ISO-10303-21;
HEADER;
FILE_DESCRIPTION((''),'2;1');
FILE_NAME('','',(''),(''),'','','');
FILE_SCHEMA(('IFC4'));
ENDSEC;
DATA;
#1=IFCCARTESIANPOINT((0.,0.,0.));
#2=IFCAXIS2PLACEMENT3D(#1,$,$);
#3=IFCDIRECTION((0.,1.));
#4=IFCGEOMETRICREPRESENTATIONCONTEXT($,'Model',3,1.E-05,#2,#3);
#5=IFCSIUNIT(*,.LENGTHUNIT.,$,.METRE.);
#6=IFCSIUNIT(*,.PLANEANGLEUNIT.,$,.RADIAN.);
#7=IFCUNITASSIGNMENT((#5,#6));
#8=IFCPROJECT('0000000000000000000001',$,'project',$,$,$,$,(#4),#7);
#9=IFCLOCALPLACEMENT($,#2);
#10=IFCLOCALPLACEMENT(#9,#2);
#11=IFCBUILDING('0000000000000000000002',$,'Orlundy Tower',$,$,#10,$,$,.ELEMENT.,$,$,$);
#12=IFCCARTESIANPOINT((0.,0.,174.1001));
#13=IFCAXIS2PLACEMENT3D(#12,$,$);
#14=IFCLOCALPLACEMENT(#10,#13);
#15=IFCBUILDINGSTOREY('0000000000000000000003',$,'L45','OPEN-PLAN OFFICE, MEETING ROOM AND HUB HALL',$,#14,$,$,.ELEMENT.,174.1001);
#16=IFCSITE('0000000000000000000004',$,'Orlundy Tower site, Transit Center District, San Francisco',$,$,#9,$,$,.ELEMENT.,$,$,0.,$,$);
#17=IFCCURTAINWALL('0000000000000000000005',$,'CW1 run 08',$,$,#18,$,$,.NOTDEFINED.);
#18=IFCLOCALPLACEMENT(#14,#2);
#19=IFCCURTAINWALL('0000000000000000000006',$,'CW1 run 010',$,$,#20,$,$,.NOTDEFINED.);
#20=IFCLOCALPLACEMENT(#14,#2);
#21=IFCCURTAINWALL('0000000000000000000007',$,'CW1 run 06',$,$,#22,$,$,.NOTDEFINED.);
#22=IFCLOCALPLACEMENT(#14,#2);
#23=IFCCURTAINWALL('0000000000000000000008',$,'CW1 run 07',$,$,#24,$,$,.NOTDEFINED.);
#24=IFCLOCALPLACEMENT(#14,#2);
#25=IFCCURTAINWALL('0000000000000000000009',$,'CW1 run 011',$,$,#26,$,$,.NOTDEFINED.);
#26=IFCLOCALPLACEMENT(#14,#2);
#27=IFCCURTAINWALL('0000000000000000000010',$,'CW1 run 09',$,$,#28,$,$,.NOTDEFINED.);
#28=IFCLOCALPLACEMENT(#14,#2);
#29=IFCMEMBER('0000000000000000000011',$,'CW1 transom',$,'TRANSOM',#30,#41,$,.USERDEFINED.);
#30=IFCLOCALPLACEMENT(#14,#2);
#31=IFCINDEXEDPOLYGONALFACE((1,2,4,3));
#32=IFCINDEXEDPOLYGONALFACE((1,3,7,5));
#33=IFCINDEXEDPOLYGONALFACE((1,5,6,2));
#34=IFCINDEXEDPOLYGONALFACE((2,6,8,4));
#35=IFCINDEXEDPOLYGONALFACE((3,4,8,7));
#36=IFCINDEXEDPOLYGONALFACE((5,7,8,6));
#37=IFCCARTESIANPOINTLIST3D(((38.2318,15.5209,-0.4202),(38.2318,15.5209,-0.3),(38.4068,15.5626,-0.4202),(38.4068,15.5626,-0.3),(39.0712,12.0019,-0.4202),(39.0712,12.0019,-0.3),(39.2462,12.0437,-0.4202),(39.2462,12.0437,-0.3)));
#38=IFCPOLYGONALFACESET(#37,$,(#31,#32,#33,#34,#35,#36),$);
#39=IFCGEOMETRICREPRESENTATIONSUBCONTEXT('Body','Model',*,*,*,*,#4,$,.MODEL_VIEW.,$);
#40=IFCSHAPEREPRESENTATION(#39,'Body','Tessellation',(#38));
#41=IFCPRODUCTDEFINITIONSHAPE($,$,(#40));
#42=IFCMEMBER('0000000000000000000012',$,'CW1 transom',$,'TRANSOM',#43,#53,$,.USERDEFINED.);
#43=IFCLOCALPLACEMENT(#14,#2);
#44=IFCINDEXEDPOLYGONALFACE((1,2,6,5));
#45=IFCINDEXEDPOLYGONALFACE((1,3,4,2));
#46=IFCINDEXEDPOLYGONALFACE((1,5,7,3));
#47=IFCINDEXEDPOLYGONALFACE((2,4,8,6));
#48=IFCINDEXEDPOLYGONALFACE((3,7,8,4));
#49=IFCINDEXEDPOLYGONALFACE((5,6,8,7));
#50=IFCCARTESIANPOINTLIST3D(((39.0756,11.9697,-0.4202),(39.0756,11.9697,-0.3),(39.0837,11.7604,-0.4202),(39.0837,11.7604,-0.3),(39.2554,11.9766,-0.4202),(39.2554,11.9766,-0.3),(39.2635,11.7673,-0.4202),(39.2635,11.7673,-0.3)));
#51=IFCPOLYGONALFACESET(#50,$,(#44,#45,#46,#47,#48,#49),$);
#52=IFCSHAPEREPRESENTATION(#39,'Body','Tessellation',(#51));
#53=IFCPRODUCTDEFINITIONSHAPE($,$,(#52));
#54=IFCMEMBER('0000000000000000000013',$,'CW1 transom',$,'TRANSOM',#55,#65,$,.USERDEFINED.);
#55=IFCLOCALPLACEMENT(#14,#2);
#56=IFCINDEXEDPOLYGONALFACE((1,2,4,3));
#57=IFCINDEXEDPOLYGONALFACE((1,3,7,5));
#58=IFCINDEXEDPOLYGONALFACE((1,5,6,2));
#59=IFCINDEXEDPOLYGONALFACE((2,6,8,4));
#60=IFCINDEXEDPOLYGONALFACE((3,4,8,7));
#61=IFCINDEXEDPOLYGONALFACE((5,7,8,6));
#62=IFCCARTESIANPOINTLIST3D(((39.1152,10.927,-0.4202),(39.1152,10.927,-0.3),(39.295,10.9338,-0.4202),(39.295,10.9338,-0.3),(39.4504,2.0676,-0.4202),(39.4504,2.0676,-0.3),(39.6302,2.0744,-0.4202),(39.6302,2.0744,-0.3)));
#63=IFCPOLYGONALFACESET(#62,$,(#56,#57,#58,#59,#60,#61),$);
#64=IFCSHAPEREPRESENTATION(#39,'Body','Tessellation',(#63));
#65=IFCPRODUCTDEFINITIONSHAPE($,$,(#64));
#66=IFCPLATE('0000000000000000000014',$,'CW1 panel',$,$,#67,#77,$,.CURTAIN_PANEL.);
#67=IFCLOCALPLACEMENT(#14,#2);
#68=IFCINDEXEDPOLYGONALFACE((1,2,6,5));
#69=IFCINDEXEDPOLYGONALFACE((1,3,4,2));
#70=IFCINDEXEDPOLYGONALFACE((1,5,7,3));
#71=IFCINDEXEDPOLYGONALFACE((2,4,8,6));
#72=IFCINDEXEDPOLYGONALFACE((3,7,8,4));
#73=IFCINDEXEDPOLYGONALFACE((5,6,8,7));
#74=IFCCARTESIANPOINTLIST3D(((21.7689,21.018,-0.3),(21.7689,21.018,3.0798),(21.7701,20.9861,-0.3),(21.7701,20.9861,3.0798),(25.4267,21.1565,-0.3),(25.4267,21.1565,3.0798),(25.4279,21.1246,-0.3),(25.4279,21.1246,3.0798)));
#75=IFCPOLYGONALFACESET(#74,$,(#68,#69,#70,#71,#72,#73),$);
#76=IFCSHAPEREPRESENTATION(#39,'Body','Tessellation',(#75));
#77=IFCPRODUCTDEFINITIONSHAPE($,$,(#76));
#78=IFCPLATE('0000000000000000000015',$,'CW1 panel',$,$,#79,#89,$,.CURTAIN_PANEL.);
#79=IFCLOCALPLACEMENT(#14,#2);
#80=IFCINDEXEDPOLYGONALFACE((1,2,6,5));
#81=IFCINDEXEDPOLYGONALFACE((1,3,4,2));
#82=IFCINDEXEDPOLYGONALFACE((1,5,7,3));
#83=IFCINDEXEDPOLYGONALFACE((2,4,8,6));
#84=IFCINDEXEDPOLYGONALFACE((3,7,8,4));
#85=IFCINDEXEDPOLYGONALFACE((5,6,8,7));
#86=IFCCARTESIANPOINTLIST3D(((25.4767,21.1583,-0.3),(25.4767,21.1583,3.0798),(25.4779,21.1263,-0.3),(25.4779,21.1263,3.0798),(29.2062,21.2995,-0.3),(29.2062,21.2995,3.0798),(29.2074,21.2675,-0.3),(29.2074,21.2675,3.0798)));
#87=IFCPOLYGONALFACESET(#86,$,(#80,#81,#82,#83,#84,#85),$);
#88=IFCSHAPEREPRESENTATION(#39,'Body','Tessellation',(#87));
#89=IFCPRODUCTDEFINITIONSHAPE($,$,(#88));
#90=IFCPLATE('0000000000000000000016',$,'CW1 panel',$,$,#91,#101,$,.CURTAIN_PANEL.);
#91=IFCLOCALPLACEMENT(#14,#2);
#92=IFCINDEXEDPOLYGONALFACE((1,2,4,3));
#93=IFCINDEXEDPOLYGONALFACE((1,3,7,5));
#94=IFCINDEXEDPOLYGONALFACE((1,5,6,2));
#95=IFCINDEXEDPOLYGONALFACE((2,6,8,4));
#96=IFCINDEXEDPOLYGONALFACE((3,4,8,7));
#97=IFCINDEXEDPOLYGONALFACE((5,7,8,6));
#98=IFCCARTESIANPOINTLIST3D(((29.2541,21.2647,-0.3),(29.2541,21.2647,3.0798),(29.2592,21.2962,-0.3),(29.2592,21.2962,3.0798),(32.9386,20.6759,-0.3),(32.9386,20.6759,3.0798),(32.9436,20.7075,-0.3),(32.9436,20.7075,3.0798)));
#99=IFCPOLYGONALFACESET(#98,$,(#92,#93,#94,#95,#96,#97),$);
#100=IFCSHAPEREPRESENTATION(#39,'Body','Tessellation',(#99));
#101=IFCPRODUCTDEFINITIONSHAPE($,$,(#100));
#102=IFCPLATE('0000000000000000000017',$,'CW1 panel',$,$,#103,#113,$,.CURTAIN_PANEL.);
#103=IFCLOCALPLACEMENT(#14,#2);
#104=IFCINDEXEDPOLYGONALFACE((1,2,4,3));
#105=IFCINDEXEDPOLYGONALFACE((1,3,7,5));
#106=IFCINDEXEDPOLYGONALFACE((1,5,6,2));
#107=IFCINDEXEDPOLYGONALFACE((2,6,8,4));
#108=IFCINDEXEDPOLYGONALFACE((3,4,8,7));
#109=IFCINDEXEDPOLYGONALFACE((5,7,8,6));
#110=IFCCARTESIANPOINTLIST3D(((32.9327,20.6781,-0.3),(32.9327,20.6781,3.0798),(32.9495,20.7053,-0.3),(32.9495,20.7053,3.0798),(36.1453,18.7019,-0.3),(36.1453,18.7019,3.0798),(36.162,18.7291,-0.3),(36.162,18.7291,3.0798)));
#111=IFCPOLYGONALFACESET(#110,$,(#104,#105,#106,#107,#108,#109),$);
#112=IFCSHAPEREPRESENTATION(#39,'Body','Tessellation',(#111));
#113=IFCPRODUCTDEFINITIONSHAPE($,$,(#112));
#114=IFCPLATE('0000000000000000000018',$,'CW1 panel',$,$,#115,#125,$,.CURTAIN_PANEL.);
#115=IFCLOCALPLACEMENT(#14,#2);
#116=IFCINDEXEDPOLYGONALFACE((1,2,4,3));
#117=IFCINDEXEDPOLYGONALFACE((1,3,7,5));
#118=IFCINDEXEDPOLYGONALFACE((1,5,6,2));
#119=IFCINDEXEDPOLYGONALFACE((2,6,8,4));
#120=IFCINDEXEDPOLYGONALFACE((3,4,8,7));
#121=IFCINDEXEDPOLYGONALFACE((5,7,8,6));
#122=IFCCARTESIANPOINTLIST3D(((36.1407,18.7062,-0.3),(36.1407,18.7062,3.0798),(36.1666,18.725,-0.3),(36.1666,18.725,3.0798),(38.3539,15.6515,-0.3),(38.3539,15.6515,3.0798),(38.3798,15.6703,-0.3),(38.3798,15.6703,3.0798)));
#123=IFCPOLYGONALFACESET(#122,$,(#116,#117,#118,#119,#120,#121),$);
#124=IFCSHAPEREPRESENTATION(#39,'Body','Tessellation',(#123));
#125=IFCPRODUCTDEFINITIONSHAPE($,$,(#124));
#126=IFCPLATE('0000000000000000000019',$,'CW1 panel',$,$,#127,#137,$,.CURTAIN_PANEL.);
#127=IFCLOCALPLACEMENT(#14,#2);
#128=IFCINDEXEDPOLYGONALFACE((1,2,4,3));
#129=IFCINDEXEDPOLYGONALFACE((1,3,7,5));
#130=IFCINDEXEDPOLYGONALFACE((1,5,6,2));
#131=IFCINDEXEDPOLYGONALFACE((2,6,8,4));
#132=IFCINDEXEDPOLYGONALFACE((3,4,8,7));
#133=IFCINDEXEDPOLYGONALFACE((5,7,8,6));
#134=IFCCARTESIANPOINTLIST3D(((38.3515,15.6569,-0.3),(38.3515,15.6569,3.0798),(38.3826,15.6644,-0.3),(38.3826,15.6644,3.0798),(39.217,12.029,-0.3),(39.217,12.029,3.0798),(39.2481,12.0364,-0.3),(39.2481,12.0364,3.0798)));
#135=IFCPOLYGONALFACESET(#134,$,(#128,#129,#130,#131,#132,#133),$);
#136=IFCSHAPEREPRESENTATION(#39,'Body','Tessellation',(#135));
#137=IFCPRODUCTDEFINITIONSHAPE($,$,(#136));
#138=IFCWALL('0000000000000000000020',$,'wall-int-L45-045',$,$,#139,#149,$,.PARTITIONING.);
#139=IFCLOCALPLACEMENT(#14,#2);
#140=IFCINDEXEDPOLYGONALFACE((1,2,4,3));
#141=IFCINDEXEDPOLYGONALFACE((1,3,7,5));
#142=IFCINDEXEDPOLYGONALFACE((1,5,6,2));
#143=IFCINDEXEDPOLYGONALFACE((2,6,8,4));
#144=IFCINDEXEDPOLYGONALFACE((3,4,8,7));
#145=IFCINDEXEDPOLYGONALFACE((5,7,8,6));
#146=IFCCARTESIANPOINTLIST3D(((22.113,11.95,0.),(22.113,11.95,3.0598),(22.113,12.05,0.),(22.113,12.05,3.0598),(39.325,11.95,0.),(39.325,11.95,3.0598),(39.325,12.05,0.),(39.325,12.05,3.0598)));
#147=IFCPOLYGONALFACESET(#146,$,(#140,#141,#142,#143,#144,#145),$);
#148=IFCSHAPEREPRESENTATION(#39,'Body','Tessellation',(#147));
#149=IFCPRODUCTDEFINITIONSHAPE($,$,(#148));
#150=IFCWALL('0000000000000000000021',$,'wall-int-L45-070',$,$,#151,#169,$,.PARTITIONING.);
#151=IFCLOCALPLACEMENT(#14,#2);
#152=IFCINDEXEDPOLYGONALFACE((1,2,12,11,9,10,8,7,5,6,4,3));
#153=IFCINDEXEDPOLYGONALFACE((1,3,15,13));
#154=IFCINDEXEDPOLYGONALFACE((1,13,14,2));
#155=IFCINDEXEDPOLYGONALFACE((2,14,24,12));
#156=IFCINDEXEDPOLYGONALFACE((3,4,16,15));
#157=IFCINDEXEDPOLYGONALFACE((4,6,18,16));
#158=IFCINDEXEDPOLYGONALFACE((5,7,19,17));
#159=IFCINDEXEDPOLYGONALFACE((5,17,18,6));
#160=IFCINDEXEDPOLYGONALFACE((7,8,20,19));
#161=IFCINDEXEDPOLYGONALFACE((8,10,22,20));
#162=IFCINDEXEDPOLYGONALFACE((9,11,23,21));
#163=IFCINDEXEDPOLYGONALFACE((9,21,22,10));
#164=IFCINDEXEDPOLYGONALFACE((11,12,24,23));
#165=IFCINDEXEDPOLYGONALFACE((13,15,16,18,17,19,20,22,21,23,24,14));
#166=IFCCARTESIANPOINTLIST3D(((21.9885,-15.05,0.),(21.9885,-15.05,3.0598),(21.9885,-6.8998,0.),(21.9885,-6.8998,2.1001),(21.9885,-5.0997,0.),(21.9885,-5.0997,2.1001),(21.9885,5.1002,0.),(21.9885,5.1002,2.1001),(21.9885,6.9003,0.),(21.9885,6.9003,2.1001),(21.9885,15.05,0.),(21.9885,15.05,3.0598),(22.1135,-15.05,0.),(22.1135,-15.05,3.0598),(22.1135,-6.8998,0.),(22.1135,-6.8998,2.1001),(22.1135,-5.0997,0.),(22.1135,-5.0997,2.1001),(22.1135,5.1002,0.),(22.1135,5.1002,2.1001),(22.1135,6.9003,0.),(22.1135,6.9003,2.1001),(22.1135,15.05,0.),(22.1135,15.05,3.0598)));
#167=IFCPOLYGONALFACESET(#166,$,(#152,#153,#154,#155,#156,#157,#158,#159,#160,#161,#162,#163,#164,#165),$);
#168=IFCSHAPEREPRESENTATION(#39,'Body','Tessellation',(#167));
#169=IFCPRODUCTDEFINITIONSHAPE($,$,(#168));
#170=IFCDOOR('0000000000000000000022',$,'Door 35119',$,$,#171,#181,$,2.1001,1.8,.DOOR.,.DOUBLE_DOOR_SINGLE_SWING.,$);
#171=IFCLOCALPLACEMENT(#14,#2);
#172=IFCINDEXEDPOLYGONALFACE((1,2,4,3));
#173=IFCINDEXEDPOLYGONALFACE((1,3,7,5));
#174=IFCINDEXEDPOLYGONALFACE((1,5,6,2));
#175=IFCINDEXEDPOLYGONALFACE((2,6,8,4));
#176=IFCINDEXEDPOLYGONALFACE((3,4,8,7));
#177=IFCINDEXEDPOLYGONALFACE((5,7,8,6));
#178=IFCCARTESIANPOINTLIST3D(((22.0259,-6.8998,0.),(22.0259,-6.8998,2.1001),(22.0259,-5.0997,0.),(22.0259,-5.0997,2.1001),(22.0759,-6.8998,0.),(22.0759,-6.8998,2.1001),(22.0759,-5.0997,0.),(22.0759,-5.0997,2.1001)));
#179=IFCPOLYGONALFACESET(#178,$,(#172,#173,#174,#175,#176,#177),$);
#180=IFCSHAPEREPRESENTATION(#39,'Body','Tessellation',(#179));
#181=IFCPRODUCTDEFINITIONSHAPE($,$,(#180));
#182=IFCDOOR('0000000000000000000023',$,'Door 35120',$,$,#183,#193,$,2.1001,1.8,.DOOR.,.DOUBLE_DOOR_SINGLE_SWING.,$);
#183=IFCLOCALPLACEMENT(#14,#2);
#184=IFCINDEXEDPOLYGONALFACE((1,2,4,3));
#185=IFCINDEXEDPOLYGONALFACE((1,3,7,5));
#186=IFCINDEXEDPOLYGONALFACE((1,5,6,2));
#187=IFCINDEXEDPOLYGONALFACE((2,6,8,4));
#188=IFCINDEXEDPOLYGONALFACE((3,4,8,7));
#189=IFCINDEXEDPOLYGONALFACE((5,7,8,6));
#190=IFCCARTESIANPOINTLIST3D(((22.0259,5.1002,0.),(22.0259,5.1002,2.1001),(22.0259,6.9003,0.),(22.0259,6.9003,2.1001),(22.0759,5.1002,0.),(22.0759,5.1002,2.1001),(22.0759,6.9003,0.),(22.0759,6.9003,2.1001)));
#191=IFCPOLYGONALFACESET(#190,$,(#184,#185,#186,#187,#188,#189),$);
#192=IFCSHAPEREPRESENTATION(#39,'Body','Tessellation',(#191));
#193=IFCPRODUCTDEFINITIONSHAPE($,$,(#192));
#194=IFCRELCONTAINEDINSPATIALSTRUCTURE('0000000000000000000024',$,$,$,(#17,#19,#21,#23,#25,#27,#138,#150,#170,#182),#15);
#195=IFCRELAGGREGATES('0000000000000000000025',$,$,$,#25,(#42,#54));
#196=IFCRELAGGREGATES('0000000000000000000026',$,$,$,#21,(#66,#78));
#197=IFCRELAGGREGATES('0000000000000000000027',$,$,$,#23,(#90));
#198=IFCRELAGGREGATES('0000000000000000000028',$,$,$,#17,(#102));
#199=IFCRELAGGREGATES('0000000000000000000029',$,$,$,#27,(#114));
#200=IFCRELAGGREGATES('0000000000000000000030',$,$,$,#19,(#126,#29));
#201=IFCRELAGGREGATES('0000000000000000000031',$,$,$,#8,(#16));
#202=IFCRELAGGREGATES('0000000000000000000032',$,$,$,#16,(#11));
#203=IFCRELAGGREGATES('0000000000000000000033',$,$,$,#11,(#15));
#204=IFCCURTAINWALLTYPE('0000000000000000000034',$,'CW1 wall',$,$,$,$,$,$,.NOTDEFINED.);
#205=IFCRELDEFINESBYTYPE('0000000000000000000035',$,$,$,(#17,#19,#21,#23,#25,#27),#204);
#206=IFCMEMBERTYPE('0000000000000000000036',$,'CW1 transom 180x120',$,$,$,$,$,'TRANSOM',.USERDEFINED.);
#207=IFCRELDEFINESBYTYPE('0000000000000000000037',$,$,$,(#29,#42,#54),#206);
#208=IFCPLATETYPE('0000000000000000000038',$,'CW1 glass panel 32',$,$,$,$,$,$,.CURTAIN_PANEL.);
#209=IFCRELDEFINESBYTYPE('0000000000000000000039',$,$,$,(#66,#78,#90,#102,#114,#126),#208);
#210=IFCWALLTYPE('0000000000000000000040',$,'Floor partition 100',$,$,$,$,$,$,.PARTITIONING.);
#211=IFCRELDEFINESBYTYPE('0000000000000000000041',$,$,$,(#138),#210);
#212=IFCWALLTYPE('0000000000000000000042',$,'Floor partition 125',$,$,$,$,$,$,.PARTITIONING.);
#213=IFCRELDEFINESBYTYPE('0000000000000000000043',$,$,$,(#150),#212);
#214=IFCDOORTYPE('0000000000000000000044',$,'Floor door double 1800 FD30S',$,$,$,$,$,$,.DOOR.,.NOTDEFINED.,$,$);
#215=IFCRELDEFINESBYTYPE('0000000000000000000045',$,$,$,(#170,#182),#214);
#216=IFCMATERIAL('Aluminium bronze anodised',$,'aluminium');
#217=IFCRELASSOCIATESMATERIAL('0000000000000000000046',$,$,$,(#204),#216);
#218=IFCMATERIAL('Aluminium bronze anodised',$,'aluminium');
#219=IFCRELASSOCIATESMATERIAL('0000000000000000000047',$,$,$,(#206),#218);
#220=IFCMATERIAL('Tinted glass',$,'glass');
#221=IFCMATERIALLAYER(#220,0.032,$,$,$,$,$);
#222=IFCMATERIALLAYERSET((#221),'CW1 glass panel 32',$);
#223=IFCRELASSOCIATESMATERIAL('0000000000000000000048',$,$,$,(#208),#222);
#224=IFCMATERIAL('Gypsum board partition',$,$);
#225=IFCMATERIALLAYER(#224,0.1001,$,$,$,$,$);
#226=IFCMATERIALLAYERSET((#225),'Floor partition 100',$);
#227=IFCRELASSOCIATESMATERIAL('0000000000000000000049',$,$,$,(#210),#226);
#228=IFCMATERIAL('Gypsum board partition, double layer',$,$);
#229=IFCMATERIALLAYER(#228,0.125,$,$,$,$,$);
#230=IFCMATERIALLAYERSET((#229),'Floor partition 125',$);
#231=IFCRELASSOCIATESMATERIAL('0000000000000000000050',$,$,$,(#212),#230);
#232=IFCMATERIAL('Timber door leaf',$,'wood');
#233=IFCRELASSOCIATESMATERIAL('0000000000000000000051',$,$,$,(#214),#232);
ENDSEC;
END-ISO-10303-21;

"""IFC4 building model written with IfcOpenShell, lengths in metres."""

from ifc_helpers import new_model, si_unit, direction, frame, frame_2d, origin, origin_2d, place, context, subcontext, project, spatial, rectangle, extrude, material, layer, layer_set, material_profile, profile_set, type_object, element, fill, aggregate, save


model = new_model("IFC4")

# Units and contexts
model_context = context("Model", 3, precision=1e-05, world=origin(), true_north=direction((0.0, 1.0)))
body_context = subcontext(model_context, "Body", "Model", "MODEL_VIEW")
ifc_project = project(units=[si_unit("LENGTHUNIT", "METRE"), si_unit("PLANEANGLEUNIT", "RADIAN")], contexts=[model_context])

# Site, building, storey
site_placement = place(None, origin())
site = spatial("IfcSite", under=ifc_project, at=site_placement, Name="Orlundy Tower site, Transit Center District, San Francisco", CompositionType="ELEMENT", RefElevation=0.0)
building_placement = place(site_placement, origin())
building = spatial("IfcBuilding", under=site, at=building_placement, Name="Orlundy Tower", CompositionType="ELEMENT")
storey_placement = place(building_placement, frame((0.0, 0.0, 174.1001)))
storey = spatial("IfcBuildingStorey", under=building, at=storey_placement, Name="L45", Description="OPEN-PLAN OFFICE, MEETING ROOM AND HUB HALL", CompositionType="ELEMENT", Elevation=174.1001)

# Curtain walls
ifc_material_1 = material(Name="Aluminium bronze anodised", Category="aluminium")
curtain_wall_type = type_object("IfcCurtainWallType", Name="CW1 wall", PredefinedType="NOTDEFINED", material=ifc_material_1)
curtain_wall_1_placement = place(storey_placement, origin())
curtain_wall_1 = element("IfcCurtainWall", 1, at=curtain_wall_1_placement, inside=storey, type_object=curtain_wall_type, Name="CW1 run 08", PredefinedType="NOTDEFINED")
curtain_wall_2_placement = place(storey_placement, origin())
curtain_wall_2 = element("IfcCurtainWall", 2, at=curtain_wall_2_placement, inside=storey, type_object=curtain_wall_type, Name="CW1 run 010", PredefinedType="NOTDEFINED")
curtain_wall_3_placement = place(storey_placement, origin())
curtain_wall_3 = element("IfcCurtainWall", 3, at=curtain_wall_3_placement, inside=storey, type_object=curtain_wall_type, Name="CW1 run 06", PredefinedType="NOTDEFINED")
curtain_wall_4_placement = place(storey_placement, origin())
curtain_wall_4 = element("IfcCurtainWall", 4, at=curtain_wall_4_placement, inside=storey, type_object=curtain_wall_type, Name="CW1 run 07", PredefinedType="NOTDEFINED")
curtain_wall_5_placement = place(storey_placement, origin())
curtain_wall_5 = element("IfcCurtainWall", 5, at=curtain_wall_5_placement, inside=storey, type_object=curtain_wall_type, Name="CW1 run 011", PredefinedType="NOTDEFINED")

# Shared definitions
ifc_material_2 = material(Name="Aluminium bronze anodised", Category="aluminium")
ifc_material_profile_1 = material_profile(ifc_material_2, rectangle(XDim=0.1799, YDim=0.1201, at=origin_2d()), Name="CW1 transom 180x120")
ifc_profile_set_1 = profile_set([ifc_material_profile_1], Name="Aluminium bronze anodised")
member_type_1 = type_object("IfcMemberType", Name="CW1 transom 180x120", ElementType="TRANSOM", PredefinedType="USERDEFINED", material=ifc_profile_set_1)

# Curtain wall
curtain_wall_6_placement = place(storey_placement, origin())
curtain_wall_6 = element("IfcCurtainWall", 6, at=curtain_wall_6_placement, inside=storey, type_object=curtain_wall_type, Name="CW1 run 09", PredefinedType="NOTDEFINED")

# Members
member_1_placement = place(storey_placement, frame((38.3193, 15.5417, -0.3601), z_axis=(0.23201, -0.972713, 0.0), x_axis=(0.972713, 0.23201, 0.0)))
member_1 = element("IfcMember", 7, at=member_1_placement, type_object=member_type_1, Name="CW1 transom", ObjectType="TRANSOM", PredefinedType="USERDEFINED", context=body_context, shape_type="SweptSolid", body=[
    extrude(rectangle(XDim=0.1799, YDim=0.1201, at=origin_2d()), origin(), (0.0, 0.0, 1.0), 3.6177),
])
member_2_placement = place(storey_placement, frame((39.1655, 11.9731, -0.3601), z_axis=(0.038478, -0.999259, 0.0), x_axis=(0.999259, 0.038478, 0.0)))
member_2 = element("IfcMember", 8, at=member_2_placement, type_object=member_type_1, Name="CW1 transom", ObjectType="TRANSOM", PredefinedType="USERDEFINED", context=body_context, shape_type="SweptSolid", body=[
    extrude(rectangle(XDim=0.1799, YDim=0.1201, at=origin_2d()), origin(), (0.0, 0.0, 1.0), 0.2095),
])
member_3_placement = place(storey_placement, frame((39.2051, 10.9304, -0.3601), z_axis=(0.037809, -0.999285, 0.0), x_axis=(0.999285, 0.037809, 0.0)))
member_3 = element("IfcMember", 9, at=member_3_placement, type_object=member_type_1, Name="CW1 transom", ObjectType="TRANSOM", PredefinedType="USERDEFINED", context=body_context, shape_type="SweptSolid", body=[
    extrude(rectangle(XDim=0.1799, YDim=0.1201, at=origin_2d()), origin(), (0.0, 0.0, 1.0), 8.8657),
])
aggregate(curtain_wall_5, [member_2, member_3])

# Plates
ifc_material_3 = material(Name="Tinted glass", Category="glass")
ifc_layer_1 = layer(ifc_material_3, 0.032)
ifc_layer_set_1 = layer_set([ifc_layer_1], Name="CW1 glass panel 32")
plate_type = type_object("IfcPlateType", Name="CW1 glass panel 32", PredefinedType="CURTAIN_PANEL", material=ifc_layer_set_1)
plate_1_placement = place(storey_placement, frame((23.5984, 21.0713, -0.3), z_axis=(0.0, 0.0, 1.0), x_axis=(0.999284, 0.037837, 0.0)))
plate_1 = element("IfcPlate", 10, at=plate_1_placement, type_object=plate_type, Name="CW1 panel", PredefinedType="CURTAIN_PANEL", context=body_context, shape_type="SweptSolid", body=[
    extrude(rectangle(XDim=3.6604, YDim=0.032, at=origin_2d()), origin(), (0.0, 0.0, 1.0), 3.3799),
])
plate_2_placement = place(storey_placement, frame((27.342, 21.2129, -0.3), z_axis=(0.0, 0.0, 1.0), x_axis=(0.999284, 0.037837, 0.0)))
plate_2 = element("IfcPlate", 11, at=plate_2_placement, type_object=plate_type, Name="CW1 panel", PredefinedType="CURTAIN_PANEL", context=body_context, shape_type="SweptSolid", body=[
    extrude(rectangle(XDim=3.7322, YDim=0.032, at=origin_2d()), origin(), (0.0, 0.0, 1.0), 3.3799),
])
aggregate(curtain_wall_3, [plate_1, plate_2])
plate_3_placement = place(storey_placement, frame((31.0989, 20.9861, -0.3), z_axis=(0.0, 0.0, 1.0), x_axis=(0.987473, -0.157791, 0.0)))
plate_3 = element("IfcPlate", 12, at=plate_3_placement, type_object=plate_type, Name="CW1 panel", PredefinedType="CURTAIN_PANEL", context=body_context, shape_type="SweptSolid", body=[
    extrude(rectangle(XDim=3.7312, YDim=0.032, at=origin_2d()), origin(), (0.0, 0.0, 1.0), 3.3799),
])
aggregate(curtain_wall_4, [plate_3])
plate_4_placement = place(storey_placement, frame((34.5474, 19.7036, -0.3), z_axis=(0.0, 0.0, 1.0), x_axis=(0.851751, -0.523947, 0.0)))
plate_4 = element("IfcPlate", 13, at=plate_4_placement, type_object=plate_type, Name="CW1 panel", PredefinedType="CURTAIN_PANEL", context=body_context, shape_type="SweptSolid", body=[
    extrude(rectangle(XDim=3.7717, YDim=0.032, at=origin_2d()), origin(), (0.0, 0.0, 1.0), 3.3799),
])
aggregate(curtain_wall_1, [plate_4])
plate_5_placement = place(storey_placement, frame((37.2603, 17.1882, -0.3), z_axis=(0.0, 0.0, 1.0), x_axis=(0.586711, -0.809796, 0.0)))
plate_5 = element("IfcPlate", 14, at=plate_5_placement, type_object=plate_type, Name="CW1 panel", PredefinedType="CURTAIN_PANEL", context=body_context, shape_type="SweptSolid", body=[
    extrude(rectangle(XDim=3.7722, YDim=0.032, at=origin_2d()), origin(), (0.0, 0.0, 1.0), 3.3799),
])
aggregate(curtain_wall_6, [plate_5])
plate_6_placement = place(storey_placement, frame((38.7998, 13.8467, -0.3), z_axis=(0.0, 0.0, 1.0), x_axis=(0.232046, -0.972705, 0.0)))
plate_6 = element("IfcPlate", 15, at=plate_6_placement, type_object=plate_type, Name="CW1 panel", PredefinedType="CURTAIN_PANEL", context=body_context, shape_type="SweptSolid", body=[
    extrude(rectangle(XDim=3.7297, YDim=0.032, at=origin_2d()), origin(), (0.0, 0.0, 1.0), 3.3799),
])
aggregate(curtain_wall_2, [plate_6, member_1])

# Wall
ifc_material_4 = material(Name="Gypsum board partition")
ifc_layer_2 = layer(ifc_material_4, 0.1001)
ifc_layer_set_2 = layer_set([ifc_layer_2], Name="Floor partition 100")
wall_type_1 = type_object("IfcWallType", Name="Floor partition 100", PredefinedType="PARTITIONING", material=ifc_layer_set_2)
wall_1_placement = place(storey_placement, frame((22.113, 12.0, 0.0), z_axis=(0.0, 0.0, 1.0), x_axis=(1.0, 0.0, 0.0)))
element("IfcWall", 16, at=wall_1_placement, inside=storey, type_object=wall_type_1, Name="wall-int-L45-045", PredefinedType="PARTITIONING", context=body_context, shape_type="SweptSolid", body=[
    extrude(rectangle(XDim=17.2119, YDim=0.1001, at=frame_2d((8.606, 0.0))), origin(), (0.0, 0.0, 1.0), 3.0598),
])

# Wall, openings, doors
ifc_material_5 = material(Name="Gypsum board partition, double layer")
ifc_layer_3 = layer(ifc_material_5, 0.125)
ifc_layer_set_3 = layer_set([ifc_layer_3], Name="Floor partition 125")
wall_type_2 = type_object("IfcWallType", Name="Floor partition 125", PredefinedType="PARTITIONING", material=ifc_layer_set_3)
wall_2_placement = place(storey_placement, frame((22.051, 15.05, 0.0), z_axis=(0.0, 0.0, 1.0), x_axis=(0.0, -1.0, 0.0)))
wall_2 = element("IfcWall", 17, at=wall_2_placement, inside=storey, type_object=wall_type_2, Name="wall-int-L45-070", PredefinedType="PARTITIONING", context=body_context, shape_type="SweptSolid", body=[
    extrude(rectangle(XDim=30.1001, YDim=0.125, at=frame_2d((15.05, 0.0))), origin(), (0.0, 0.0, 1.0), 3.0598),
])
opening_1_placement = place(wall_2_placement, frame((20.1499, 0.0, 0.0)))
opening_1 = element("IfcOpeningElement", 18, at=opening_1_placement, cuts=wall_2, PredefinedType="OPENING", context=body_context, shape_type="SweptSolid", body=[
    extrude(rectangle(XDim=1.8, YDim=2.1001, at=frame_2d((0.8999, 1.05))), frame((0.0, 0.0725, 0.0), z_axis=(0.0, -1.0, 0.0), x_axis=(1.0, 0.0, 0.0)), (0.0, 0.0, 1.0), 0.145),
])
opening_2_placement = place(wall_2_placement, frame((8.1499, 0.0, 0.0)))
opening_2 = element("IfcOpeningElement", 19, at=opening_2_placement, cuts=wall_2, PredefinedType="OPENING", context=body_context, shape_type="SweptSolid", body=[
    extrude(rectangle(XDim=1.8, YDim=2.1001, at=frame_2d((0.8999, 1.05))), frame((0.0, 0.0725, 0.0), z_axis=(0.0, -1.0, 0.0), x_axis=(1.0, 0.0, 0.0)), (0.0, 0.0, 1.0), 0.145),
])
ifc_material_6 = material(Name="Timber door leaf", Category="wood")
door_type = type_object("IfcDoorType", Name="Floor door double 1800 FD30S", OperationType="NOTDEFINED", PredefinedType="DOOR", material=ifc_material_6)
door_1_placement = place(opening_1_placement, origin())
door_1 = element("IfcDoor", 20, at=door_1_placement, inside=storey, type_object=door_type, Name="Door 35119", OperationType="DOUBLE_DOOR_SINGLE_SWING", OverallHeight=2.1001, OverallWidth=1.8, PredefinedType="DOOR", context=body_context, shape_type="SweptSolid", body=[
    extrude(rectangle(XDim=1.8, YDim=2.1001, at=frame_2d((0.8999, 1.05))), frame((0.0, 0.0249, 0.0), z_axis=(0.0, -1.0, 0.0), x_axis=(1.0, 0.0, 0.0)), (0.0, 0.0, 1.0), 0.05),
])
fill(opening_1, door_1)
door_2_placement = place(opening_2_placement, origin())
door_2 = element("IfcDoor", 21, at=door_2_placement, inside=storey, type_object=door_type, Name="Door 35120", OperationType="DOUBLE_DOOR_SINGLE_SWING", OverallHeight=2.1001, OverallWidth=1.8, PredefinedType="DOOR", context=body_context, shape_type="SweptSolid", body=[
    extrude(rectangle(XDim=1.8, YDim=2.1001, at=frame_2d((0.8999, 1.05))), frame((0.0, 0.0249, 0.0), z_axis=(0.0, -1.0, 0.0), x_axis=(1.0, 0.0, 0.0)), (0.0, 0.0, 1.0), 0.05),
])
fill(opening_2, door_2)

save(model, "model.ifc")
